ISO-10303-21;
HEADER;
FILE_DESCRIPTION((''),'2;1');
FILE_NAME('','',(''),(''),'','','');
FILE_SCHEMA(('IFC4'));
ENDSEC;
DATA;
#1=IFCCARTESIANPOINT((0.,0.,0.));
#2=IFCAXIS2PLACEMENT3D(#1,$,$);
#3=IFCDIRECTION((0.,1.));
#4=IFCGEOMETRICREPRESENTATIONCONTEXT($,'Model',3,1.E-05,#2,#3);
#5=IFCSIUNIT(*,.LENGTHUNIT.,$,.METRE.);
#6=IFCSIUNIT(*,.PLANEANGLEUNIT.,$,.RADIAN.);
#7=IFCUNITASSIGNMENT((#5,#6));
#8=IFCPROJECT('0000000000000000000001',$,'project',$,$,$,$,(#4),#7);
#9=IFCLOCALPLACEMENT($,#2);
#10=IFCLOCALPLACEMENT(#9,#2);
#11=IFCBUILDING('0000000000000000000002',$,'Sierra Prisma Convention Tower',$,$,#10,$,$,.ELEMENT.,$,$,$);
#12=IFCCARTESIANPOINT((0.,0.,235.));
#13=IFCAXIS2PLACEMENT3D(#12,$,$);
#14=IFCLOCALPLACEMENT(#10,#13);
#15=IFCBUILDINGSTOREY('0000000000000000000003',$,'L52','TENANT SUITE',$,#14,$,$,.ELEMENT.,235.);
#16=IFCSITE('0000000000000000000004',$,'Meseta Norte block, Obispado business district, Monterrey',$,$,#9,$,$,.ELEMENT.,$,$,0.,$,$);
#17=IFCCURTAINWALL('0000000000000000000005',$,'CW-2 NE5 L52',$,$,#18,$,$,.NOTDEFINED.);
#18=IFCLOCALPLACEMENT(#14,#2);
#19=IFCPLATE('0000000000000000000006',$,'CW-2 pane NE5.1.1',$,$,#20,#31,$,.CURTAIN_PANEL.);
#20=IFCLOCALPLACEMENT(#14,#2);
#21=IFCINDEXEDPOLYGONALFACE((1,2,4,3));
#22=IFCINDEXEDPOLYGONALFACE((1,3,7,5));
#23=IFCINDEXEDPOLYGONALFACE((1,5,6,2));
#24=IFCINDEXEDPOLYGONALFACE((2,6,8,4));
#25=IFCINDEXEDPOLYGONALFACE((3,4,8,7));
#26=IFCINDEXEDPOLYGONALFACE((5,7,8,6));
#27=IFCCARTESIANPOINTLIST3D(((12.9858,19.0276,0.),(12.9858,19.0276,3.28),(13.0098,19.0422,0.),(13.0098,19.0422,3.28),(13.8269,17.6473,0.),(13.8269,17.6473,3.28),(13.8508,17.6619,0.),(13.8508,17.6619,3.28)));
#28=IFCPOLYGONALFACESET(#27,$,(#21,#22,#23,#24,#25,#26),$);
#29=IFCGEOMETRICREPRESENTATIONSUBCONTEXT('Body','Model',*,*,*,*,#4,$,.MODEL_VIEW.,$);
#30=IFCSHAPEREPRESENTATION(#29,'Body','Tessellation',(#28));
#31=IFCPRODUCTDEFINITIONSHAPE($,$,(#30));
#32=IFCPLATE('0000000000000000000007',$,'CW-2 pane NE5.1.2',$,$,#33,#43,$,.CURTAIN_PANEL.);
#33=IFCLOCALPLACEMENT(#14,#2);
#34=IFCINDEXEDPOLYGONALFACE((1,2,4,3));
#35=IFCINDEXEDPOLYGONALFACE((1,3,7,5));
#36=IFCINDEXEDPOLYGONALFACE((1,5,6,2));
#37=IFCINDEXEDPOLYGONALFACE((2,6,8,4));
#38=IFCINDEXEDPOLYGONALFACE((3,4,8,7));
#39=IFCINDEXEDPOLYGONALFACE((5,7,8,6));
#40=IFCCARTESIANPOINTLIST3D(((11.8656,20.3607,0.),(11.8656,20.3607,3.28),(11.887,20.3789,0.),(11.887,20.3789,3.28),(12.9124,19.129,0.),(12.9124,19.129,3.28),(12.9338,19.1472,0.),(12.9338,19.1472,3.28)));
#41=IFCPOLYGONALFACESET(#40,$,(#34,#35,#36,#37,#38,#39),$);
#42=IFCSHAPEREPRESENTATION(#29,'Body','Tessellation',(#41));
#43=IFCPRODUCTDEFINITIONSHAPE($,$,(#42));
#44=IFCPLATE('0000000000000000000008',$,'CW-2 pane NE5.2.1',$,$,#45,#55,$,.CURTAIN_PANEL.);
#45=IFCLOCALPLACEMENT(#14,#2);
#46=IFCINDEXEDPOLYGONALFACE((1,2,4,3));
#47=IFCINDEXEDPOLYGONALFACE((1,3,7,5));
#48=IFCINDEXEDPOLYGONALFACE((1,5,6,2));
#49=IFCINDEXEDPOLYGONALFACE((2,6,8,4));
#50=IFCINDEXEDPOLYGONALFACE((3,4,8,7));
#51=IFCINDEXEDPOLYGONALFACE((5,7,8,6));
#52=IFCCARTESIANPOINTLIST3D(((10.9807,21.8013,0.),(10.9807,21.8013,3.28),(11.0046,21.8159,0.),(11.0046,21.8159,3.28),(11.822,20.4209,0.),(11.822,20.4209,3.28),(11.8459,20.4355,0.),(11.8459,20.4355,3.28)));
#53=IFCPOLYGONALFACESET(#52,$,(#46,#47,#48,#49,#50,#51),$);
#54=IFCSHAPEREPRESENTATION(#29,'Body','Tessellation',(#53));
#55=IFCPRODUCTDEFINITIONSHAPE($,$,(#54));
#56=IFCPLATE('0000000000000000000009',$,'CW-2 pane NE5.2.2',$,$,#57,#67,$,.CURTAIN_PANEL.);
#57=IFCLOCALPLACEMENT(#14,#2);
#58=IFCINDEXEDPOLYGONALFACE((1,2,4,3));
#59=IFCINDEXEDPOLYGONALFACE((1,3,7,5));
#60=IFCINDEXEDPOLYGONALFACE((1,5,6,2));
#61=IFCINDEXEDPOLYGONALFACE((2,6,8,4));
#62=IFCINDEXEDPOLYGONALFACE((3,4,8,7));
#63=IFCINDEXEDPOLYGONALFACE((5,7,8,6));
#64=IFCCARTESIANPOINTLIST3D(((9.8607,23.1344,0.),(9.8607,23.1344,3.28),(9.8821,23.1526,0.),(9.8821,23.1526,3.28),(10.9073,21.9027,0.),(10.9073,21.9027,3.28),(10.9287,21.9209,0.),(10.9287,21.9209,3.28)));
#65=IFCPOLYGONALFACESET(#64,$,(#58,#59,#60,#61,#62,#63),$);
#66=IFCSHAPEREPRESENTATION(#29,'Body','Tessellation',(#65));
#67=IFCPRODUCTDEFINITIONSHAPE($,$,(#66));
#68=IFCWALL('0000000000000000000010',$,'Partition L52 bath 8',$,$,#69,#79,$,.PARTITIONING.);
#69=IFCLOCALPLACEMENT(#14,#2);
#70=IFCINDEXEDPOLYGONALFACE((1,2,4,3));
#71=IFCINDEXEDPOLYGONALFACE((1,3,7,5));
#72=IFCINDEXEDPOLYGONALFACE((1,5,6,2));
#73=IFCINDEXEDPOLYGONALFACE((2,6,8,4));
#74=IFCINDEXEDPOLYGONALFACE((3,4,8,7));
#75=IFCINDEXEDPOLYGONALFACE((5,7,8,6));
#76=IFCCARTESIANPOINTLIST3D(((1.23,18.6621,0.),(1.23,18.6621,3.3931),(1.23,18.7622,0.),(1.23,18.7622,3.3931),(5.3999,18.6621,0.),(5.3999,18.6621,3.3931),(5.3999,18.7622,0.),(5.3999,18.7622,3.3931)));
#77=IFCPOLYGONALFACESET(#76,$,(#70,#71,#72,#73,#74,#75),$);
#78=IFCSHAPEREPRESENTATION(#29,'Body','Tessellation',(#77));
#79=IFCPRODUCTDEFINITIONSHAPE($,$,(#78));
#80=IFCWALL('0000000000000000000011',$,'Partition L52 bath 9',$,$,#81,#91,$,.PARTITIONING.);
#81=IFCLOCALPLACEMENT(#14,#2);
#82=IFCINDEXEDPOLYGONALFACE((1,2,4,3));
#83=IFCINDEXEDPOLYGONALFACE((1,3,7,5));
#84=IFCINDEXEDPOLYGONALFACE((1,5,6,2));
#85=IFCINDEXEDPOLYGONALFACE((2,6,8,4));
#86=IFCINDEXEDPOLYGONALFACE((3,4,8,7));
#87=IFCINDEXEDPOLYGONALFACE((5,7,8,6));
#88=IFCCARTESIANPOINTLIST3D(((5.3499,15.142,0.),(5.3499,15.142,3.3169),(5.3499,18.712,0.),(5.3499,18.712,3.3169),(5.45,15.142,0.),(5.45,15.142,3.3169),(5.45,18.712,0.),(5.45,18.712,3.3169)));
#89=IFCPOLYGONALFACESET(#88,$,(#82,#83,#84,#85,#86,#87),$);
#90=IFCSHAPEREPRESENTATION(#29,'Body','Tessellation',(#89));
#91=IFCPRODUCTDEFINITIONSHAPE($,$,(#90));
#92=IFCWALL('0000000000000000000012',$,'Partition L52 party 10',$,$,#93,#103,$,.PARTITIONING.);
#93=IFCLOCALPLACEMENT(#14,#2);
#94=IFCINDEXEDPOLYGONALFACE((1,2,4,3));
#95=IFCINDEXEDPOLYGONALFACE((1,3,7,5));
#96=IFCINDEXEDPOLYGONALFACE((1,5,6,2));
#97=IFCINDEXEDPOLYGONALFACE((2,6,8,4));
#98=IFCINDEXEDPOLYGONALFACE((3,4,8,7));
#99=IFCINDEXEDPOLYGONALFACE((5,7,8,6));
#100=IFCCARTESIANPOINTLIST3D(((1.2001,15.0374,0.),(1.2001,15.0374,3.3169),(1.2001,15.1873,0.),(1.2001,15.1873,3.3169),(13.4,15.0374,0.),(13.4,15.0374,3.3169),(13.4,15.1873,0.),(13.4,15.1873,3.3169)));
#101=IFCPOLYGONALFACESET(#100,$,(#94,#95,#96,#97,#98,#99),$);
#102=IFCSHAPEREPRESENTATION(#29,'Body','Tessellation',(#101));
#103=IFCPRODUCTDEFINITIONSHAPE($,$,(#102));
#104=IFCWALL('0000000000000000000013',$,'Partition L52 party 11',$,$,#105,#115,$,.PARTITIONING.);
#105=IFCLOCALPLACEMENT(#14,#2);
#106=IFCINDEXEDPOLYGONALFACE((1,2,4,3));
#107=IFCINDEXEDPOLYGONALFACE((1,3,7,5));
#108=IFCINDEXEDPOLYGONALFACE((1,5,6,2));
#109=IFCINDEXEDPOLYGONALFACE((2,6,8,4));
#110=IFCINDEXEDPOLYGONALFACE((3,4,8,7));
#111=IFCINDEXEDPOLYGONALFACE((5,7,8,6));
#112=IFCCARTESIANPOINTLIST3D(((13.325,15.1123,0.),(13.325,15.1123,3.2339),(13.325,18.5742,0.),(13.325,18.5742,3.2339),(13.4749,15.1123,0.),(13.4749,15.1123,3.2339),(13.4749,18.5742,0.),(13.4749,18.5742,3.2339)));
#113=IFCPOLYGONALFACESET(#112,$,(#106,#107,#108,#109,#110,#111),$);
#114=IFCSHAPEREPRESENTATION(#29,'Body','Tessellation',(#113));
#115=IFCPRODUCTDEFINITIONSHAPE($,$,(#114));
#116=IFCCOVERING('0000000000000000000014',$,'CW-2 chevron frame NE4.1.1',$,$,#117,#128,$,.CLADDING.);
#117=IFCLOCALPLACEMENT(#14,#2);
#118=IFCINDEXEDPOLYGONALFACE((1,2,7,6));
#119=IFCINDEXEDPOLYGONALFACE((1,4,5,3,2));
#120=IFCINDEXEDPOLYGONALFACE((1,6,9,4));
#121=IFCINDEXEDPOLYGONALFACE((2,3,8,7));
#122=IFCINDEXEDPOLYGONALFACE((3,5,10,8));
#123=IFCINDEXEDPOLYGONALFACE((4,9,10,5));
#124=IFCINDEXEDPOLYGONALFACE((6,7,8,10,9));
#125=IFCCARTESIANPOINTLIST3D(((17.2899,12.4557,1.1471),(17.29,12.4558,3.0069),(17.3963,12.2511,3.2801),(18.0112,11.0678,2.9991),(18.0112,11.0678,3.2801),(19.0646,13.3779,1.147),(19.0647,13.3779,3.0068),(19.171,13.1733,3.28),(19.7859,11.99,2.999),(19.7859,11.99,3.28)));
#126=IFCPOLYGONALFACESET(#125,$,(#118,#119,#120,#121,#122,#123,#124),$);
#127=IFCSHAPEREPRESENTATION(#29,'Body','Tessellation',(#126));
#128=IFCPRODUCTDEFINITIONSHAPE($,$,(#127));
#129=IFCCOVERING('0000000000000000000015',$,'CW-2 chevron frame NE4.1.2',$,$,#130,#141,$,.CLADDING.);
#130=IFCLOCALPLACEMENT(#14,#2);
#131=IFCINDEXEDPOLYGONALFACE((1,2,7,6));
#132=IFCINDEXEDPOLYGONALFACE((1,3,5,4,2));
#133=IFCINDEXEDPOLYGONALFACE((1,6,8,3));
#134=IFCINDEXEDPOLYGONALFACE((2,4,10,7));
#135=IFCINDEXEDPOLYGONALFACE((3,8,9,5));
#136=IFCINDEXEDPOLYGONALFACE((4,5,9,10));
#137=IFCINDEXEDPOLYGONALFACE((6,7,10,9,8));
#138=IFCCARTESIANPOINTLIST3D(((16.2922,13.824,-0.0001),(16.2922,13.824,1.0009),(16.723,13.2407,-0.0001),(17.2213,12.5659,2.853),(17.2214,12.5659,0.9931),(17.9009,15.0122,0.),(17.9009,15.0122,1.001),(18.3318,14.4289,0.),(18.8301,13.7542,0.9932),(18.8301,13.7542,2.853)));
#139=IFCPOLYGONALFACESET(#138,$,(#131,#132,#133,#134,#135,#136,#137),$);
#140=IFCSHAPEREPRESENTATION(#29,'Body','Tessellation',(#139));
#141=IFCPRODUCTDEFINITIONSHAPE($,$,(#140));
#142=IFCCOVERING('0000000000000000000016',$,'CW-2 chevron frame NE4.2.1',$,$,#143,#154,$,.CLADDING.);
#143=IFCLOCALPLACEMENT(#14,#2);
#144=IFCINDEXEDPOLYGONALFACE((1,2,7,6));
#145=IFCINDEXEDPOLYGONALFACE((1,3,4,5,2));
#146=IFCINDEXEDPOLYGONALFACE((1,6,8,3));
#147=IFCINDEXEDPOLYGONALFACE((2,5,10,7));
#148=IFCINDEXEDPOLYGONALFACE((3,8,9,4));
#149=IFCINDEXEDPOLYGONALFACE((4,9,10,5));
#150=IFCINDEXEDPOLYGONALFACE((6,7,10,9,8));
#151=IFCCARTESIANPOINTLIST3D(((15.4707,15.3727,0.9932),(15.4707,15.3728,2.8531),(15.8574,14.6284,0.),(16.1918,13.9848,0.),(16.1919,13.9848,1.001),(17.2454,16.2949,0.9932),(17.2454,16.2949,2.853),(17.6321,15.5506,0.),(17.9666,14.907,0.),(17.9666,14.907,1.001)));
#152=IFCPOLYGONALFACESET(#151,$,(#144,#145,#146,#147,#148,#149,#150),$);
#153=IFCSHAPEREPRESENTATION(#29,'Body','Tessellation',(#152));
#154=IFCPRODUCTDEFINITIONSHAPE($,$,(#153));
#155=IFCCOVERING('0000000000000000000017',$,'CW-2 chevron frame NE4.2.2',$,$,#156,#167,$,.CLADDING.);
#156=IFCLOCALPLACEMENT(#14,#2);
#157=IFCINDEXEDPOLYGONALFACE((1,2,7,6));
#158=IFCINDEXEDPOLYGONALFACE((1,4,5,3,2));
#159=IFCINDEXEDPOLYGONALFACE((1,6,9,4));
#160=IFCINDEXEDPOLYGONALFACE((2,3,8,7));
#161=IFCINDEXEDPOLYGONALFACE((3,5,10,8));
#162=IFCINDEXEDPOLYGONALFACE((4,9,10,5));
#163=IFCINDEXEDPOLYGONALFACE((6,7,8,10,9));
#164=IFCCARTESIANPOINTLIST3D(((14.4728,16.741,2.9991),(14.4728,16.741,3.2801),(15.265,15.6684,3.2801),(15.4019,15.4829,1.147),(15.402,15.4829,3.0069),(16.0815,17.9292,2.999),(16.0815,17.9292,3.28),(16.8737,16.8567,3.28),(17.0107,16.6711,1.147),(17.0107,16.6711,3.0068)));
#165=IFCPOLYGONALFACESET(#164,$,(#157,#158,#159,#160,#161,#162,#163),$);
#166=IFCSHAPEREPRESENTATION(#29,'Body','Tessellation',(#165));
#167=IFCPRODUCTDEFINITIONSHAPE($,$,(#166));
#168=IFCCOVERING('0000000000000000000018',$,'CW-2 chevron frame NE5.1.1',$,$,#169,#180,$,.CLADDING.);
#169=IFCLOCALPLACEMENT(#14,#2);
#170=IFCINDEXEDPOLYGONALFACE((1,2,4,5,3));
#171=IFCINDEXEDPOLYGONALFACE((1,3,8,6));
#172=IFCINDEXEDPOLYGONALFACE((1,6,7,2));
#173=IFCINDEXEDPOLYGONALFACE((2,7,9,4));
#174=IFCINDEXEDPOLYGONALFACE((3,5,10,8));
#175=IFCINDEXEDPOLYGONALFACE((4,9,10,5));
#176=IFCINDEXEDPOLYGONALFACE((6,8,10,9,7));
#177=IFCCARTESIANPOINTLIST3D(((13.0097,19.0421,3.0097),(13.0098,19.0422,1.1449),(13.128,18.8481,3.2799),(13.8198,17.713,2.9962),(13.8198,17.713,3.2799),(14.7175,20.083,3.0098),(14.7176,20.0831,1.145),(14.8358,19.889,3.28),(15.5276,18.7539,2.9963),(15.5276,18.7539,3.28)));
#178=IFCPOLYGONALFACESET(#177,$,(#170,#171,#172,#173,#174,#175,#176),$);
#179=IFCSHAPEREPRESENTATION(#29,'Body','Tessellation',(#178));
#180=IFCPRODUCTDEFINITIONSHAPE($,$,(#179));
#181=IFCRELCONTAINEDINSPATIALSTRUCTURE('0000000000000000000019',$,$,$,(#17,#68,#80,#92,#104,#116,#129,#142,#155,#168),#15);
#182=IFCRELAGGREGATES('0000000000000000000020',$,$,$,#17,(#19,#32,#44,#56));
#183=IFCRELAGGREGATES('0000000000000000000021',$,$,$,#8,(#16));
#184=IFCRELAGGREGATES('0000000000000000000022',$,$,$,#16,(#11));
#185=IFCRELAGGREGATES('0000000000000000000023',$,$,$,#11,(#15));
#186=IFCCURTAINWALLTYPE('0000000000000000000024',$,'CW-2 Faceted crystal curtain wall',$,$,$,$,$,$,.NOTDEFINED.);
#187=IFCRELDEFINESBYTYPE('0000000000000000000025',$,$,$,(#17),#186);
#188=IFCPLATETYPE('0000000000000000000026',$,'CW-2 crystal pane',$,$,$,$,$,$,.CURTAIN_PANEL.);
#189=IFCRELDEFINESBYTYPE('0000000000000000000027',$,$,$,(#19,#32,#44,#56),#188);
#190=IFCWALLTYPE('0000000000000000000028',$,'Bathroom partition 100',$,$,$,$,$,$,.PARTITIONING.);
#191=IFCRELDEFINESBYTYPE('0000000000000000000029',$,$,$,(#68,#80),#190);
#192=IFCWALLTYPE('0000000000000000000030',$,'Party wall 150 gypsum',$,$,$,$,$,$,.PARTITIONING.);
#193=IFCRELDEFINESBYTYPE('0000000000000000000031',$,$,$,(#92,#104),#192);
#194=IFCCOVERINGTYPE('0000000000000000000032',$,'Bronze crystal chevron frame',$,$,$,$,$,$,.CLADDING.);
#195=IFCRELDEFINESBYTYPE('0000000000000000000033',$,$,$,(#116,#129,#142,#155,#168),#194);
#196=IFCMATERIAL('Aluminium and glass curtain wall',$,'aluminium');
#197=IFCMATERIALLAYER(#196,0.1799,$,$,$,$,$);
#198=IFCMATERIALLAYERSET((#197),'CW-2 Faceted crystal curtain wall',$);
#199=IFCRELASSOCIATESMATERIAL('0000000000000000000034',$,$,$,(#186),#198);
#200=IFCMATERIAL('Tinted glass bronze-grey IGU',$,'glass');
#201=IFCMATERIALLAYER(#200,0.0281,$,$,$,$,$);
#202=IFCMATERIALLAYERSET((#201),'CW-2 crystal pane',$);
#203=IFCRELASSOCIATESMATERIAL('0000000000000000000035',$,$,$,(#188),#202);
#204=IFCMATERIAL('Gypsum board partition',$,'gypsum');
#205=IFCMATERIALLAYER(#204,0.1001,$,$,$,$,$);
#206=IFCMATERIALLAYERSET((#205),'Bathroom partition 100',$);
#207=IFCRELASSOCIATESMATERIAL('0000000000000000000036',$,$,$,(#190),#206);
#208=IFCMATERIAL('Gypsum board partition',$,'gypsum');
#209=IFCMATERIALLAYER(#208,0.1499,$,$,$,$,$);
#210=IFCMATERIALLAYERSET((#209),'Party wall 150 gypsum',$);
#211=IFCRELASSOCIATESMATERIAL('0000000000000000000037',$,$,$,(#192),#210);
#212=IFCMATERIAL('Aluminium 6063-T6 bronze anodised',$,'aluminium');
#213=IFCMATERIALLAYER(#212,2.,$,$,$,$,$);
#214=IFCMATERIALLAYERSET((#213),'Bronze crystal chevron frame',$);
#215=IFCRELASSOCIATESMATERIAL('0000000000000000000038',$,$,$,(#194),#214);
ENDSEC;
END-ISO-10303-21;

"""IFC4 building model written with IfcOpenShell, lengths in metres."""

from ifc_helpers import new_model, si_unit, direction, frame, frame_2d, origin, place, context, subcontext, project, spatial, polyline, rectangle, outline, extrude, material, layer, layer_set, type_object, element, aggregate, save


model = new_model("IFC4")

# Units and contexts
model_context = context("Model", 3, precision=1e-05, world=origin(), true_north=direction((0.0, 1.0)))
body_context = subcontext(model_context, "Body", "Model", "MODEL_VIEW")
ifc_project = project(units=[si_unit("LENGTHUNIT", "METRE"), si_unit("PLANEANGLEUNIT", "RADIAN")], contexts=[model_context])

# Site, building, storey
site_placement = place(None, origin())
site = spatial("IfcSite", under=ifc_project, at=site_placement, Name="Meseta Norte block, Obispado business district, Monterrey", CompositionType="ELEMENT", RefElevation=0.0)
building_placement = place(site_placement, origin())
building = spatial("IfcBuilding", under=site, at=building_placement, Name="Sierra Prisma Convention Tower", CompositionType="ELEMENT")
storey_placement = place(building_placement, frame((0.0, 0.0, 235.0)))
storey = spatial("IfcBuildingStorey", under=building, at=storey_placement, Name="L52", Description="TENANT SUITE", CompositionType="ELEMENT", Elevation=235.0)

# Curtain wall
ifc_material_1 = material(Name="Aluminium and glass curtain wall", Category="aluminium")
ifc_layer_1 = layer(ifc_material_1, 0.1799)
ifc_layer_set_1 = layer_set([ifc_layer_1], Name="CW-2 Faceted crystal curtain wall")
curtain_wall_type = type_object("IfcCurtainWallType", Name="CW-2 Faceted crystal curtain wall", PredefinedType="NOTDEFINED", material=ifc_layer_set_1)
curtain_wall_1_placement = place(storey_placement, origin())
curtain_wall_1 = element("IfcCurtainWall", 1, at=curtain_wall_1_placement, inside=storey, type_object=curtain_wall_type, Name="CW-2 NE5 L52", PredefinedType="NOTDEFINED")

# Plates
ifc_material_2 = material(Name="Tinted glass bronze-grey IGU", Category="glass")
ifc_layer_2 = layer(ifc_material_2, 0.0281)
ifc_layer_set_2 = layer_set([ifc_layer_2], Name="CW-2 crystal pane")
plate_type = type_object("IfcPlateType", Name="CW-2 crystal pane", PredefinedType="CURTAIN_PANEL", material=ifc_layer_set_2)
plate_1_placement = place(storey_placement, frame((13.8508, 17.6619, 0.0), z_axis=(0.853968, 0.520325, 0.0), x_axis=(-0.520325, 0.853968, 0.0)))
plate_1 = element("IfcPlate", 2, at=plate_1_placement, type_object=plate_type, Name="CW-2 pane NE5.1.1", PredefinedType="CURTAIN_PANEL", context=body_context, shape_type="SweptSolid", body=[
    extrude(outline(polyline([(0.0, 0.0), (1.6164, 0.0), (1.6164, 3.28), (0.0, 3.28), (0.0, 0.0)])), origin(), (0.0, 0.0, -1.0), 0.0281),
])
plate_2_placement = place(storey_placement, frame((11.887, 20.3789, 0.0), z_axis=(0.761958, 0.647626, 0.0), x_axis=(0.647626, -0.761958, 0.0)))
plate_2 = element("IfcPlate", 3, at=plate_2_placement, type_object=plate_type, Name="CW-2 pane NE5.1.2", PredefinedType="CURTAIN_PANEL", context=body_context, shape_type="SweptSolid", body=[
    extrude(outline(polyline([(0.0, 0.0), (1.6165, 0.0), (1.6165, -3.28), (0.0, -3.28), (0.0, 0.0)])), origin(), (0.0, 0.0, -1.0), 0.0281),
])
plate_3_placement = place(storey_placement, frame((11.8459, 20.4355, 0.0), z_axis=(0.853901, 0.520436, 0.0), x_axis=(-0.520436, 0.853901, 0.0)))
plate_3 = element("IfcPlate", 4, at=plate_3_placement, type_object=plate_type, Name="CW-2 pane NE5.2.1", PredefinedType="CURTAIN_PANEL", context=body_context, shape_type="SweptSolid", body=[
    extrude(outline(polyline([(0.0, 0.0), (1.6165, 0.0), (1.6165, 3.28), (0.0, 3.28), (0.0, 0.0)])), origin(), (0.0, 0.0, -1.0), 0.0281),
])
plate_4_placement = place(storey_placement, frame((9.8821, 23.1526, 0.0), z_axis=(0.762032, 0.647539, 0.0), x_axis=(0.647539, -0.762032, 0.0)))
plate_4 = element("IfcPlate", 5, at=plate_4_placement, type_object=plate_type, Name="CW-2 pane NE5.2.2", PredefinedType="CURTAIN_PANEL", context=body_context, shape_type="SweptSolid", body=[
    extrude(outline(polyline([(0.0, 0.0), (1.6163, 0.0), (1.6163, -3.28), (0.0, -3.28), (0.0, 0.0)])), origin(), (0.0, 0.0, -1.0), 0.0281),
])
aggregate(curtain_wall_1, [plate_1, plate_2, plate_3, plate_4])

# Walls
ifc_material_3 = material(Name="Gypsum board partition", Category="gypsum")
ifc_layer_3 = layer(ifc_material_3, 0.1001)
ifc_layer_set_3 = layer_set([ifc_layer_3], Name="Bathroom partition 100")
wall_type_1 = type_object("IfcWallType", Name="Bathroom partition 100", PredefinedType="PARTITIONING", material=ifc_layer_set_3)
wall_1_placement = place(storey_placement, frame((1.23, 18.7122, 0.0), z_axis=(0.0, 0.0, 1.0), x_axis=(1.0, 0.0, 0.0)))
element("IfcWall", 6, at=wall_1_placement, inside=storey, type_object=wall_type_1, Name="Partition L52 bath 8", PredefinedType="PARTITIONING", context=body_context, shape_type="SweptSolid", body=[
    extrude(rectangle(XDim=4.1699, YDim=0.1001, at=frame_2d((2.085, 0.0))), origin(), (0.0, 0.0, 1.0), 3.3931),
])
wall_2_placement = place(storey_placement, frame((5.3999, 18.7122, 0.0), z_axis=(0.0, 0.0, 1.0), x_axis=(0.0, -1.0, 0.0)))
element("IfcWall", 7, at=wall_2_placement, inside=storey, type_object=wall_type_1, Name="Partition L52 bath 9", PredefinedType="PARTITIONING", context=body_context, shape_type="SweptSolid", body=[
    extrude(rectangle(XDim=3.5701, YDim=0.1001, at=frame_2d((1.7852, 0.0))), origin(), (0.0, 0.0, 1.0), 3.3169),
])
ifc_material_4 = material(Name="Gypsum board partition", Category="gypsum")
ifc_layer_4 = layer(ifc_material_4, 0.1499)
ifc_layer_set_4 = layer_set([ifc_layer_4], Name="Party wall 150 gypsum")
wall_type_2 = type_object("IfcWallType", Name="Party wall 150 gypsum", PredefinedType="PARTITIONING", material=ifc_layer_set_4)
wall_3_placement = place(storey_placement, frame((1.2, 15.1123, 0.0), z_axis=(0.0, 0.0, 1.0), x_axis=(1.0, 0.0, 0.0)))
element("IfcWall", 8, at=wall_3_placement, inside=storey, type_object=wall_type_2, Name="Partition L52 party 10", PredefinedType="PARTITIONING", context=body_context, shape_type="SweptSolid", body=[
    extrude(rectangle(XDim=12.2, YDim=0.1499, at=frame_2d((6.1001, 0.0))), origin(), (0.0, 0.0, 1.0), 3.3169),
])
wall_4_placement = place(storey_placement, frame((13.3999, 15.1123, 0.0), z_axis=(0.0, 0.0, 1.0), x_axis=(0.0, 1.0, 0.0)))
element("IfcWall", 9, at=wall_4_placement, inside=storey, type_object=wall_type_2, Name="Partition L52 party 11", PredefinedType="PARTITIONING", context=body_context, shape_type="SweptSolid", body=[
    extrude(rectangle(XDim=3.4619, YDim=0.1499, at=frame_2d((1.731, 0.0))), origin(), (0.0, 0.0, 1.0), 3.2339),
])

# Coverings
ifc_material_5 = material(Name="Aluminium 6063-T6 bronze anodised", Category="aluminium")
ifc_layer_5 = layer(ifc_material_5, 2.0)
ifc_layer_set_5 = layer_set([ifc_layer_5], Name="Bronze crystal chevron frame")
covering_type = type_object("IfcCoveringType", Name="Bronze crystal chevron frame", PredefinedType="CLADDING", material=ifc_layer_set_5)
covering_1_placement = place(storey_placement, frame((19.7859, 11.99, 3.28), z_axis=(0.887361, 0.461074, -0.000051), x_axis=(-0.000046, -0.000024, -1.0)))
element("IfcCovering", 10, at=covering_1_placement, inside=storey, type_object=covering_type, Name="CW-2 chevron frame NE4.1.1", PredefinedType="CLADDING", context=body_context, shape_type="SweptSolid", body=[
    extrude(outline(polyline([(0.0, 0.0), (0.281, 0.0), (2.1331, 1.5641), (0.2732, 1.5641), (0.0, 1.3335), (0.0, 0.0)])), origin(), (0.0, 0.0, -1.0), 2.0),
])
covering_2_placement = place(storey_placement, frame((18.8301, 13.7542, 2.853), z_axis=(0.80437, 0.594129, 0.000029), x_axis=(0.000023, 0.000017, -1.0)))
element("IfcCovering", 11, at=covering_2_placement, inside=storey, type_object=covering_type, Name="CW-2 chevron frame NE4.1.2", PredefinedType="CLADDING", context=body_context, shape_type="SweptSolid", body=[
    extrude(outline(polyline([(0.0, 0.0), (1.8599, 0.0), (2.853, 0.8388), (2.853, 1.564), (1.8521, 1.564), (0.0, 0.0)])), origin(), (0.0, 0.0, -1.0), 2.0),
])
covering_3_placement = place(storey_placement, frame((17.9666, 14.907, 0.0), z_axis=(0.887352, 0.461093, -0.00002), x_axis=(-0.461093, 0.887352, 0.0)))
element("IfcCovering", 12, at=covering_3_placement, inside=storey, type_object=covering_type, Name="CW-2 chevron frame NE4.2.1", PredefinedType="CLADDING", context=body_context, shape_type="SweptSolid", body=[
    extrude(outline(polyline([(0.0, 0.0), (0.7253, 0.0), (1.5641, 0.9932), (1.5641, 2.853), (0.0, 1.001), (0.0, 0.0)])), origin(), (0.0, 0.0, -1.0), 2.0),
])
covering_4_placement = place(storey_placement, frame((16.0815, 17.9292, 3.28), z_axis=(0.804378, 0.594118, -0.000028), x_axis=(0.594118, -0.804378, 0.0)))
element("IfcCovering", 13, at=covering_4_placement, inside=storey, type_object=covering_type, Name="CW-2 chevron frame NE4.2.2", PredefinedType="CLADDING", context=body_context, shape_type="SweptSolid", body=[
    extrude(outline(polyline([(0.0, 0.0), (1.3334, 0.0), (1.564, 0.2732), (1.564, 2.1331), (0.0, 0.281), (0.0, 0.0)])), origin(), (0.0, 0.0, -1.0), 2.0),
])
covering_5_placement = place(storey_placement, frame((15.5276, 18.7539, 3.28), z_axis=(0.853897, 0.520441, 0.000047), x_axis=(0.00004, 0.000024, -1.0)))
element("IfcCovering", 14, at=covering_5_placement, inside=storey, type_object=covering_type, Name="CW-2 chevron frame NE5.1.1", PredefinedType="CLADDING", context=body_context, shape_type="SweptSolid", body=[
    extrude(outline(polyline([(0.0, 0.0), (0.2837, 0.0), (2.135, 1.5565), (0.2703, 1.5565), (0.0, 1.3293), (0.0, 0.0)])), origin(), (0.0, 0.0, -1.0), 2.0),
])

save(model, "model.ifc")
